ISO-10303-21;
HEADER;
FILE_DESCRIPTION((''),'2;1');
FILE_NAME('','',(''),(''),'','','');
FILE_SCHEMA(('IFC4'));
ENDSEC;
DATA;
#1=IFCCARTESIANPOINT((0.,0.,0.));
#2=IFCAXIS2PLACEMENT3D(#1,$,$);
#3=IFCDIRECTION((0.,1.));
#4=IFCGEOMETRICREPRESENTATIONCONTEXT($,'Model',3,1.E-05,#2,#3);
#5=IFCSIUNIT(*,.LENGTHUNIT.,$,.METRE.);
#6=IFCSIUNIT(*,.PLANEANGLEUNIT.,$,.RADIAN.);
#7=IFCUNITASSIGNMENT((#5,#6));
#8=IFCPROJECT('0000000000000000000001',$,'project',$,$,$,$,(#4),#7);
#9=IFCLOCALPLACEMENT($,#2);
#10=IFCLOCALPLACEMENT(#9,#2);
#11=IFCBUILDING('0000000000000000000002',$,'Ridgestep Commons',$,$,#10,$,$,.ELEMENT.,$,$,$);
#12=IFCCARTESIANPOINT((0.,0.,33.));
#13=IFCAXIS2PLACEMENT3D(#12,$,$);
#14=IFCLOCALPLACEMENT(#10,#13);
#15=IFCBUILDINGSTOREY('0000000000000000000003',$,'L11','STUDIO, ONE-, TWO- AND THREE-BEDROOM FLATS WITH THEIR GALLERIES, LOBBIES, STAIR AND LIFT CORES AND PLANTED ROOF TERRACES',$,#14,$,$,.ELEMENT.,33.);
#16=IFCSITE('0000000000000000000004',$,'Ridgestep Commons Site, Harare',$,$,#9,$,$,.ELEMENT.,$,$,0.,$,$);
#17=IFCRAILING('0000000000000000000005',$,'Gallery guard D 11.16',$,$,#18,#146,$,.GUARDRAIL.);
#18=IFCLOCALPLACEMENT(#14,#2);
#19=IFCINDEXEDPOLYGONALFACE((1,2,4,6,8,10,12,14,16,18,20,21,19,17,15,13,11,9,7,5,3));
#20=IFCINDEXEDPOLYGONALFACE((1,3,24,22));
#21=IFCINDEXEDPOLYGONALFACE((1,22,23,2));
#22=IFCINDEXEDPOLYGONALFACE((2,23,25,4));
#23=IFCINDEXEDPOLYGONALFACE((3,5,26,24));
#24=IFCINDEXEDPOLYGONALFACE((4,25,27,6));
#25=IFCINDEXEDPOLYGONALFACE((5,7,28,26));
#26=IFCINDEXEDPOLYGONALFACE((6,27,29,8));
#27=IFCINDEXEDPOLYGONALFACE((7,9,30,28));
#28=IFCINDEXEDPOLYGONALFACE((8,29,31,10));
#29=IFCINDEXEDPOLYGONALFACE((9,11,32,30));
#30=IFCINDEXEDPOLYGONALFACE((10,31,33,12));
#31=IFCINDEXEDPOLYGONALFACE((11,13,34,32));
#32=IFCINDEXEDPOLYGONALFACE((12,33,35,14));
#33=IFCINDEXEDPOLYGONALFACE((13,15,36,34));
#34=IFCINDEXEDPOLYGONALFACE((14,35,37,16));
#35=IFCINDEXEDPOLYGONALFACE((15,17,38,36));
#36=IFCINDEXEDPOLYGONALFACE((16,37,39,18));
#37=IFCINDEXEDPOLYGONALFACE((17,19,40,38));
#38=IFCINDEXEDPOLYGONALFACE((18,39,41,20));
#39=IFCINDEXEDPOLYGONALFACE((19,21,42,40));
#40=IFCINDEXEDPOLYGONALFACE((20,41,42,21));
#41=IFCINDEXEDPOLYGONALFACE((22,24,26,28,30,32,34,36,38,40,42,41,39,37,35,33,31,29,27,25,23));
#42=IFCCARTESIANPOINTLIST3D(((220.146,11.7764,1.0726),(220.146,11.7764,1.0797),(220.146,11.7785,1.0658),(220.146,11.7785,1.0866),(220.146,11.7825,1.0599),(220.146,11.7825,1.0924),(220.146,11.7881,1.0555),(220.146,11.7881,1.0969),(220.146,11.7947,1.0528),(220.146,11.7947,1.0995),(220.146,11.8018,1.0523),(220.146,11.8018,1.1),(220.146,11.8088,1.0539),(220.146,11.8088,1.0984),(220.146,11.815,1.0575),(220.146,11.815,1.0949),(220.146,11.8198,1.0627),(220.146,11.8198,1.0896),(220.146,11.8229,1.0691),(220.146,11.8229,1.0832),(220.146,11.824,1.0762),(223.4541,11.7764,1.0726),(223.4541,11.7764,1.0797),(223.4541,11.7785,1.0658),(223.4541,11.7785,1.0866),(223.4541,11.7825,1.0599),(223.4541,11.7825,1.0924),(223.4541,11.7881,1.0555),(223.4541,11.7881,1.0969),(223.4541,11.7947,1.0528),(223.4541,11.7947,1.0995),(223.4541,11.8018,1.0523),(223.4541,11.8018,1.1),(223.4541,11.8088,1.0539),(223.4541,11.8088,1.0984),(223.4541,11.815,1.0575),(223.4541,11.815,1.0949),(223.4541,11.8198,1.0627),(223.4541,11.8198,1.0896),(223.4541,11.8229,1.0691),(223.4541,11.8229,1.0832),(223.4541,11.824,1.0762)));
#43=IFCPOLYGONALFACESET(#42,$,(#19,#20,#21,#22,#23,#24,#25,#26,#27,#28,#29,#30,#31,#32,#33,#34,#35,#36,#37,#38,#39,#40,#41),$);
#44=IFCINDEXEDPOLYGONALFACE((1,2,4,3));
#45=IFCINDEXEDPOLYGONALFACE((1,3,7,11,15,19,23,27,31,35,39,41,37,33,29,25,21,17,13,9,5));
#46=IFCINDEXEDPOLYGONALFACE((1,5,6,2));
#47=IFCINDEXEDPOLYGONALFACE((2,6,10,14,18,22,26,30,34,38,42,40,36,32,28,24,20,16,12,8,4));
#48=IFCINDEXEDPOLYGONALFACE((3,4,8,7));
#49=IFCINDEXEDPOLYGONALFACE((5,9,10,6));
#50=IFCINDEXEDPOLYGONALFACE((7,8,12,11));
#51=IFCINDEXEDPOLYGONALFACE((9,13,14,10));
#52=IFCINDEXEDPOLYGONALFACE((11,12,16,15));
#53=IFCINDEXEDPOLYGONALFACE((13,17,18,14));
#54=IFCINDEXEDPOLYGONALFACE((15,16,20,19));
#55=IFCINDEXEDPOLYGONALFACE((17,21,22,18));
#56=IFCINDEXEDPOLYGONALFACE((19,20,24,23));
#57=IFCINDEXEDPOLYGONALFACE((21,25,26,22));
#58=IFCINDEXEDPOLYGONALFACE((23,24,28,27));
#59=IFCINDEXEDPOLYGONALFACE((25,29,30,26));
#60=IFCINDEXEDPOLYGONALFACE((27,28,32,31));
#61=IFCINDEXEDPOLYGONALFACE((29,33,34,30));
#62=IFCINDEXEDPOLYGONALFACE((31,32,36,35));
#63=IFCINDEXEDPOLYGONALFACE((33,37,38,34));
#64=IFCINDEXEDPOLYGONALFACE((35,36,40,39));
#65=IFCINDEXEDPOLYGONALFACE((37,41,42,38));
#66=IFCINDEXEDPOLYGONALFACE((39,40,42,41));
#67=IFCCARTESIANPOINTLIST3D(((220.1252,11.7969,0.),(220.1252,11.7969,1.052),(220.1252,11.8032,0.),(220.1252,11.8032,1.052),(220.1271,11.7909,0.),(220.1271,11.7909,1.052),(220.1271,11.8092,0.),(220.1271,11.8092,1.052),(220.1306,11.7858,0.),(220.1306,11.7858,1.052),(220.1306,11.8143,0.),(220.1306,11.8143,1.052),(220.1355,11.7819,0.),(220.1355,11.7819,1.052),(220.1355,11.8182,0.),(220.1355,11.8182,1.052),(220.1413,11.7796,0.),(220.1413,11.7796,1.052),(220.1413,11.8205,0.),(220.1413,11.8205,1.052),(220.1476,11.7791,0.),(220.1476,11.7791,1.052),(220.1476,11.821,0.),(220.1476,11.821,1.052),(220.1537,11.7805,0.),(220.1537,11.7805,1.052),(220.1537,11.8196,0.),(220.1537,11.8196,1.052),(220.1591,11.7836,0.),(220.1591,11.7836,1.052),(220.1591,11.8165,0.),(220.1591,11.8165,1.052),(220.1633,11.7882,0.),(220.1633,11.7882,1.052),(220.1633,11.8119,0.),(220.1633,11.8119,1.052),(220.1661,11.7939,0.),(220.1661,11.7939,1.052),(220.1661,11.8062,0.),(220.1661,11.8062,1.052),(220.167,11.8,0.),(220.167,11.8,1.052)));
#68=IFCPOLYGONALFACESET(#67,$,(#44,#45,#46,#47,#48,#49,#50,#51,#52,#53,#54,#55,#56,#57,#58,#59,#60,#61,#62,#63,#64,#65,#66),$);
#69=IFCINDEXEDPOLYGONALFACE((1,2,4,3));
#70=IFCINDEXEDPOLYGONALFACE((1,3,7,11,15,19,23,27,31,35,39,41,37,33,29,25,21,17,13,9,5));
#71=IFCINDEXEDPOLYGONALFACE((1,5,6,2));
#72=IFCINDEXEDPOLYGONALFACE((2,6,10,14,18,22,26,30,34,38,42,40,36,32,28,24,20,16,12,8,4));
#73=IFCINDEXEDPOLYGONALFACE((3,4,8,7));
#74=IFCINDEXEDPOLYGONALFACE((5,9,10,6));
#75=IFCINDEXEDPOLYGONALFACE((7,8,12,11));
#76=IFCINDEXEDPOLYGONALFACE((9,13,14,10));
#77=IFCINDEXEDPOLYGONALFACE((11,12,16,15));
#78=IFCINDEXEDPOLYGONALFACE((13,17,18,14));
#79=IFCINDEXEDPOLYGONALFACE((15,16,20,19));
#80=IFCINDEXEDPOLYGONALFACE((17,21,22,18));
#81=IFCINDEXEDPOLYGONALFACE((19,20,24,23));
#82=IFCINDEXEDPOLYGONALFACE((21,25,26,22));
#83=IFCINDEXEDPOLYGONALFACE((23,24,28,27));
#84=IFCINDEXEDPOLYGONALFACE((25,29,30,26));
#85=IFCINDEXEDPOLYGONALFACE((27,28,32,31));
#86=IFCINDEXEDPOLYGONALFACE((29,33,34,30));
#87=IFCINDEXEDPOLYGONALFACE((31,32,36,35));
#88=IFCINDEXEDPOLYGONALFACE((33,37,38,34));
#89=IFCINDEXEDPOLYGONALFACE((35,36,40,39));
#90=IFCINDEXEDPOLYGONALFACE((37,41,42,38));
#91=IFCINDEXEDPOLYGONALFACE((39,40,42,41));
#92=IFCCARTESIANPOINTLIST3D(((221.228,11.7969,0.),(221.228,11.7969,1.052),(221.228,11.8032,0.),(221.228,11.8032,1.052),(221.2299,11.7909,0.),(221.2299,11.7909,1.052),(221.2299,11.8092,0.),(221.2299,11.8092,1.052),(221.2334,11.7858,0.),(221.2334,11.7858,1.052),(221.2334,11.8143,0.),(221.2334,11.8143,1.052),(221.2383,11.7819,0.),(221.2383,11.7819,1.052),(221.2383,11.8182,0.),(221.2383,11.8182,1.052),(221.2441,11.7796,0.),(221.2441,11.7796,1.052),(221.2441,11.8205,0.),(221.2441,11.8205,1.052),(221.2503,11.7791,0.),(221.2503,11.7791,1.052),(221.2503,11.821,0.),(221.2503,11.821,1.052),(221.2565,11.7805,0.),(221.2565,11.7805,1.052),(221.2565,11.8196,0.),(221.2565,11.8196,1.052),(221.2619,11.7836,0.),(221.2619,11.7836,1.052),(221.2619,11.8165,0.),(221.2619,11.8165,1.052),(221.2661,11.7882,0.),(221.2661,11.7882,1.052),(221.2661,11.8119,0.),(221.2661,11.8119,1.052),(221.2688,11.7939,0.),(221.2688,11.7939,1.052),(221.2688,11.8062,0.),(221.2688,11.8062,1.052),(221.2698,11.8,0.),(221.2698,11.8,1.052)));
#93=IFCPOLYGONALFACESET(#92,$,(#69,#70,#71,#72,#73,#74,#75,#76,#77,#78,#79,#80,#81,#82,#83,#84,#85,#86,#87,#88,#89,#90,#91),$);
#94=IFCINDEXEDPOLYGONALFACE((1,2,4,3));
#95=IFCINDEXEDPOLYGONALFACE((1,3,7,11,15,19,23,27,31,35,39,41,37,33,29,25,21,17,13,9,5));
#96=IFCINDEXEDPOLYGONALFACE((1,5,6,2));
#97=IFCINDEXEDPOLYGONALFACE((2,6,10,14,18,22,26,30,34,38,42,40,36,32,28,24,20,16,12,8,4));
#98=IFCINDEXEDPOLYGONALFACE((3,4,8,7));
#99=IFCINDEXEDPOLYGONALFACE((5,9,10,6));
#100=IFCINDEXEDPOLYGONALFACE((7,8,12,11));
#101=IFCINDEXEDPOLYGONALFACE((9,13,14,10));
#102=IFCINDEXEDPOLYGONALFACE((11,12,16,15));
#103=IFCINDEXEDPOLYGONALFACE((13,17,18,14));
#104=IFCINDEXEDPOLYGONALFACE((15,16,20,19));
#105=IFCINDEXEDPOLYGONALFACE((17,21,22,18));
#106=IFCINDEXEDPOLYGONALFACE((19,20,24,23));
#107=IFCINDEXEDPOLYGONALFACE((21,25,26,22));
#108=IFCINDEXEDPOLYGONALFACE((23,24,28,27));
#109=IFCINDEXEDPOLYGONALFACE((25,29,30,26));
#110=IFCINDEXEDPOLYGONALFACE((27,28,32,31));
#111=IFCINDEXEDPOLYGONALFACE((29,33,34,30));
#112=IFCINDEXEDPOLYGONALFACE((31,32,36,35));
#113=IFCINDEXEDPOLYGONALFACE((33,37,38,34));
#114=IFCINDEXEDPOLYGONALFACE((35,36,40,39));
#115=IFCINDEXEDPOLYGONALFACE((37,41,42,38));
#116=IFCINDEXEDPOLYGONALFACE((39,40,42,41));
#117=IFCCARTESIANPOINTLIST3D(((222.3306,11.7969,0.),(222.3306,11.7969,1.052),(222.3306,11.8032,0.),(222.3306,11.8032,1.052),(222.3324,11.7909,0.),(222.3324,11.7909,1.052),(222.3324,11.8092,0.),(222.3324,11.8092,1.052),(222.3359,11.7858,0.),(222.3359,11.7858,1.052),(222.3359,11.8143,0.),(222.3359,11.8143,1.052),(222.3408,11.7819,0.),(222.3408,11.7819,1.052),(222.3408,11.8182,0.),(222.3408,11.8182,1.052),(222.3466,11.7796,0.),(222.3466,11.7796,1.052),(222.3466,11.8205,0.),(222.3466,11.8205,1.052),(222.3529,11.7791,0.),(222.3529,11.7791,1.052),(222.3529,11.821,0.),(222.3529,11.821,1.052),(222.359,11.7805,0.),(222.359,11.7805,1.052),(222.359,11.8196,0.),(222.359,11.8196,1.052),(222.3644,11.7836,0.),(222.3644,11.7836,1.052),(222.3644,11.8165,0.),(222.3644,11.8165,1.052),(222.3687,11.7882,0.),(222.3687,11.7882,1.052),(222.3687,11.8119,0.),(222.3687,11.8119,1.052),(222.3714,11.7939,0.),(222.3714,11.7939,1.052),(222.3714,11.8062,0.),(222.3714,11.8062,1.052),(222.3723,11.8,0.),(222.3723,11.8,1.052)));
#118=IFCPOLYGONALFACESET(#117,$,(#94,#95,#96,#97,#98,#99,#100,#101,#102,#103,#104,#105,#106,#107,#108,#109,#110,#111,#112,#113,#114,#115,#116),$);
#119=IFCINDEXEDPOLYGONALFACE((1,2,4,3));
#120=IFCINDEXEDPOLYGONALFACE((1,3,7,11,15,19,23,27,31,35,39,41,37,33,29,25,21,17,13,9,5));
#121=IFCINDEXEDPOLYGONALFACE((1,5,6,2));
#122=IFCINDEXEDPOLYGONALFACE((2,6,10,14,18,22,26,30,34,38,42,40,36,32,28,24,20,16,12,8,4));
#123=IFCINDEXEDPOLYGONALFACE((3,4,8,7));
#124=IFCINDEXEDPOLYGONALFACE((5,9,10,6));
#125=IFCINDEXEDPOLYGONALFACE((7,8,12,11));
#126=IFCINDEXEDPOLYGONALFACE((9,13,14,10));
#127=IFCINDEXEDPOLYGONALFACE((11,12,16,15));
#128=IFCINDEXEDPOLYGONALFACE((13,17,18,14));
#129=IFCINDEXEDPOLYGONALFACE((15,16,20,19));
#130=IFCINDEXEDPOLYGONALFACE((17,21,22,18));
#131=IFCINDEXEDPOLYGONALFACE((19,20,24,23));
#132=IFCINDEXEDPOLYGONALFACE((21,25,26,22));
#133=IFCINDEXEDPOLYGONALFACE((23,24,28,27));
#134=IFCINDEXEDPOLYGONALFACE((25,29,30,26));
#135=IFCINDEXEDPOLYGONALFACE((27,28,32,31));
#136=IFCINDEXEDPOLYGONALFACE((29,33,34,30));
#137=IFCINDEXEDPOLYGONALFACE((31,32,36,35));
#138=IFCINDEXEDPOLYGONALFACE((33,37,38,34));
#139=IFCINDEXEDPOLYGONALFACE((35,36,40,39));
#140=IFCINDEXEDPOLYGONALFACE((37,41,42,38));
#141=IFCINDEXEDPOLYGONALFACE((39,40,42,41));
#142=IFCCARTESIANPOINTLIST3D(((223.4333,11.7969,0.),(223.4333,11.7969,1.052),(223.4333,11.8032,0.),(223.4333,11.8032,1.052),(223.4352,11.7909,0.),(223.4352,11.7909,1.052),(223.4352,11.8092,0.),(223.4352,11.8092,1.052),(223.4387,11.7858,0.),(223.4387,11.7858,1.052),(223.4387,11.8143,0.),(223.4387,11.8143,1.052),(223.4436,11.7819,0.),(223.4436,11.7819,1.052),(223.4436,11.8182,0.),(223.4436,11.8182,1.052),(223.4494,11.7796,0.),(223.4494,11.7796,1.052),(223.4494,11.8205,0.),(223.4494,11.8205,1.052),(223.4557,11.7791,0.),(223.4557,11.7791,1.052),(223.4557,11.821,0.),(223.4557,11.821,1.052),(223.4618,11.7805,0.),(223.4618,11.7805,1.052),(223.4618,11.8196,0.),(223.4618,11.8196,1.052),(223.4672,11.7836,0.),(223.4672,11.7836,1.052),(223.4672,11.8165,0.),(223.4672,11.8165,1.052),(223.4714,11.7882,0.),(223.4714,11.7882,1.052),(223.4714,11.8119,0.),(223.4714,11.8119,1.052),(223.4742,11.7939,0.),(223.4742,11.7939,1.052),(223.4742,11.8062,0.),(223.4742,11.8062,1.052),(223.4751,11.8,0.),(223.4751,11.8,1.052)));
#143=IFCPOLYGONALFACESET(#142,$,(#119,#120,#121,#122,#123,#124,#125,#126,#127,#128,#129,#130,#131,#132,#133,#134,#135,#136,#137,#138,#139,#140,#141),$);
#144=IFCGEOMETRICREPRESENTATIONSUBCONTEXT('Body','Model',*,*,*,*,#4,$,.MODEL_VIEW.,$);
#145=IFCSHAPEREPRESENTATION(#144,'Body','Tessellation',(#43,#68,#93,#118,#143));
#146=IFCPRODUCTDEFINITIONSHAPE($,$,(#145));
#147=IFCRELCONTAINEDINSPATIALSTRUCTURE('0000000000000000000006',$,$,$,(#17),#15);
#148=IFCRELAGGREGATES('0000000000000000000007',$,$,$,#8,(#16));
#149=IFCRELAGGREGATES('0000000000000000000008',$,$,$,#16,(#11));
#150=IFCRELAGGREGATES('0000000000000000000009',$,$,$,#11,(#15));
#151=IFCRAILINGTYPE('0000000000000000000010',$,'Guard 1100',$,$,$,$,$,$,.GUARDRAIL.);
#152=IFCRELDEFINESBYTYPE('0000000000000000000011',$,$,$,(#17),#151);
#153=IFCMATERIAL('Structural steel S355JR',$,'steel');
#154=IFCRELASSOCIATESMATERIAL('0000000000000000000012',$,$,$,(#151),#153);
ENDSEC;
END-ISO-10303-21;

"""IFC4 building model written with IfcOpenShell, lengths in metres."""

from ifc_helpers import new_model, si_unit, direction, frame, origin, origin_2d, place, context, subcontext, project, spatial, circle, extrude, material, type_object, element, save


model = new_model("IFC4")

# Units and contexts
model_context = context("Model", 3, precision=1e-05, world=origin(), true_north=direction((0.0, 1.0)))
body_context = subcontext(model_context, "Body", "Model", "MODEL_VIEW")
ifc_project = project(units=[si_unit("LENGTHUNIT", "METRE"), si_unit("PLANEANGLEUNIT", "RADIAN")], contexts=[model_context])

# Site, building, storey
site_placement = place(None, origin())
site = spatial("IfcSite", under=ifc_project, at=site_placement, Name="Ridgestep Commons Site, Harare", CompositionType="ELEMENT", RefElevation=0.0)
building_placement = place(site_placement, origin())
building = spatial("IfcBuilding", under=site, at=building_placement, Name="Ridgestep Commons", CompositionType="ELEMENT")
storey_placement = place(building_placement, frame((0.0, 0.0, 33.0)))
storey = spatial("IfcBuildingStorey", under=building, at=storey_placement, Name="L11", Description="STUDIO, ONE-, TWO- AND THREE-BEDROOM FLATS WITH THEIR GALLERIES, LOBBIES, STAIR AND LIFT CORES AND PLANTED ROOF TERRACES", CompositionType="ELEMENT", Elevation=33.0)

# Railing
ifc_material_1 = material(Name="Structural steel S355JR", Category="steel")
railing_type = type_object("IfcRailingType", Name="Guard 1100", PredefinedType="GUARDRAIL", material=ifc_material_1)
railing_1_placement = place(storey_placement, frame((220.146, 11.8, 0.0)))
element("IfcRailing", 1, at=railing_1_placement, inside=storey, type_object=railing_type, Name="Gallery guard D 11.16", PredefinedType="GUARDRAIL", context=body_context, shape_type="SweptSolid", body=[
    extrude(circle(Radius=0.0239, at=origin_2d()), frame((0.0, 0.0, 1.0762), z_axis=(1.0, 0.0, 0.0), x_axis=(0.0, 1.0, 0.0)), (0.0, 0.0, 1.0), 3.3081),
    extrude(circle(Radius=0.021, at=origin_2d()), origin(), (0.0, 0.0, 1.0), 1.052),
    extrude(circle(Radius=0.021, at=origin_2d()), frame((1.1028, 0.0, 0.0)), (0.0, 0.0, 1.0), 1.052),
    extrude(circle(Radius=0.021, at=origin_2d()), frame((2.2053, 0.0, 0.0)), (0.0, 0.0, 1.0), 1.052),
    extrude(circle(Radius=0.021, at=origin_2d()), frame((3.3081, 0.0, 0.0)), (0.0, 0.0, 1.0), 1.052),
])

save(model, "model.ifc")
